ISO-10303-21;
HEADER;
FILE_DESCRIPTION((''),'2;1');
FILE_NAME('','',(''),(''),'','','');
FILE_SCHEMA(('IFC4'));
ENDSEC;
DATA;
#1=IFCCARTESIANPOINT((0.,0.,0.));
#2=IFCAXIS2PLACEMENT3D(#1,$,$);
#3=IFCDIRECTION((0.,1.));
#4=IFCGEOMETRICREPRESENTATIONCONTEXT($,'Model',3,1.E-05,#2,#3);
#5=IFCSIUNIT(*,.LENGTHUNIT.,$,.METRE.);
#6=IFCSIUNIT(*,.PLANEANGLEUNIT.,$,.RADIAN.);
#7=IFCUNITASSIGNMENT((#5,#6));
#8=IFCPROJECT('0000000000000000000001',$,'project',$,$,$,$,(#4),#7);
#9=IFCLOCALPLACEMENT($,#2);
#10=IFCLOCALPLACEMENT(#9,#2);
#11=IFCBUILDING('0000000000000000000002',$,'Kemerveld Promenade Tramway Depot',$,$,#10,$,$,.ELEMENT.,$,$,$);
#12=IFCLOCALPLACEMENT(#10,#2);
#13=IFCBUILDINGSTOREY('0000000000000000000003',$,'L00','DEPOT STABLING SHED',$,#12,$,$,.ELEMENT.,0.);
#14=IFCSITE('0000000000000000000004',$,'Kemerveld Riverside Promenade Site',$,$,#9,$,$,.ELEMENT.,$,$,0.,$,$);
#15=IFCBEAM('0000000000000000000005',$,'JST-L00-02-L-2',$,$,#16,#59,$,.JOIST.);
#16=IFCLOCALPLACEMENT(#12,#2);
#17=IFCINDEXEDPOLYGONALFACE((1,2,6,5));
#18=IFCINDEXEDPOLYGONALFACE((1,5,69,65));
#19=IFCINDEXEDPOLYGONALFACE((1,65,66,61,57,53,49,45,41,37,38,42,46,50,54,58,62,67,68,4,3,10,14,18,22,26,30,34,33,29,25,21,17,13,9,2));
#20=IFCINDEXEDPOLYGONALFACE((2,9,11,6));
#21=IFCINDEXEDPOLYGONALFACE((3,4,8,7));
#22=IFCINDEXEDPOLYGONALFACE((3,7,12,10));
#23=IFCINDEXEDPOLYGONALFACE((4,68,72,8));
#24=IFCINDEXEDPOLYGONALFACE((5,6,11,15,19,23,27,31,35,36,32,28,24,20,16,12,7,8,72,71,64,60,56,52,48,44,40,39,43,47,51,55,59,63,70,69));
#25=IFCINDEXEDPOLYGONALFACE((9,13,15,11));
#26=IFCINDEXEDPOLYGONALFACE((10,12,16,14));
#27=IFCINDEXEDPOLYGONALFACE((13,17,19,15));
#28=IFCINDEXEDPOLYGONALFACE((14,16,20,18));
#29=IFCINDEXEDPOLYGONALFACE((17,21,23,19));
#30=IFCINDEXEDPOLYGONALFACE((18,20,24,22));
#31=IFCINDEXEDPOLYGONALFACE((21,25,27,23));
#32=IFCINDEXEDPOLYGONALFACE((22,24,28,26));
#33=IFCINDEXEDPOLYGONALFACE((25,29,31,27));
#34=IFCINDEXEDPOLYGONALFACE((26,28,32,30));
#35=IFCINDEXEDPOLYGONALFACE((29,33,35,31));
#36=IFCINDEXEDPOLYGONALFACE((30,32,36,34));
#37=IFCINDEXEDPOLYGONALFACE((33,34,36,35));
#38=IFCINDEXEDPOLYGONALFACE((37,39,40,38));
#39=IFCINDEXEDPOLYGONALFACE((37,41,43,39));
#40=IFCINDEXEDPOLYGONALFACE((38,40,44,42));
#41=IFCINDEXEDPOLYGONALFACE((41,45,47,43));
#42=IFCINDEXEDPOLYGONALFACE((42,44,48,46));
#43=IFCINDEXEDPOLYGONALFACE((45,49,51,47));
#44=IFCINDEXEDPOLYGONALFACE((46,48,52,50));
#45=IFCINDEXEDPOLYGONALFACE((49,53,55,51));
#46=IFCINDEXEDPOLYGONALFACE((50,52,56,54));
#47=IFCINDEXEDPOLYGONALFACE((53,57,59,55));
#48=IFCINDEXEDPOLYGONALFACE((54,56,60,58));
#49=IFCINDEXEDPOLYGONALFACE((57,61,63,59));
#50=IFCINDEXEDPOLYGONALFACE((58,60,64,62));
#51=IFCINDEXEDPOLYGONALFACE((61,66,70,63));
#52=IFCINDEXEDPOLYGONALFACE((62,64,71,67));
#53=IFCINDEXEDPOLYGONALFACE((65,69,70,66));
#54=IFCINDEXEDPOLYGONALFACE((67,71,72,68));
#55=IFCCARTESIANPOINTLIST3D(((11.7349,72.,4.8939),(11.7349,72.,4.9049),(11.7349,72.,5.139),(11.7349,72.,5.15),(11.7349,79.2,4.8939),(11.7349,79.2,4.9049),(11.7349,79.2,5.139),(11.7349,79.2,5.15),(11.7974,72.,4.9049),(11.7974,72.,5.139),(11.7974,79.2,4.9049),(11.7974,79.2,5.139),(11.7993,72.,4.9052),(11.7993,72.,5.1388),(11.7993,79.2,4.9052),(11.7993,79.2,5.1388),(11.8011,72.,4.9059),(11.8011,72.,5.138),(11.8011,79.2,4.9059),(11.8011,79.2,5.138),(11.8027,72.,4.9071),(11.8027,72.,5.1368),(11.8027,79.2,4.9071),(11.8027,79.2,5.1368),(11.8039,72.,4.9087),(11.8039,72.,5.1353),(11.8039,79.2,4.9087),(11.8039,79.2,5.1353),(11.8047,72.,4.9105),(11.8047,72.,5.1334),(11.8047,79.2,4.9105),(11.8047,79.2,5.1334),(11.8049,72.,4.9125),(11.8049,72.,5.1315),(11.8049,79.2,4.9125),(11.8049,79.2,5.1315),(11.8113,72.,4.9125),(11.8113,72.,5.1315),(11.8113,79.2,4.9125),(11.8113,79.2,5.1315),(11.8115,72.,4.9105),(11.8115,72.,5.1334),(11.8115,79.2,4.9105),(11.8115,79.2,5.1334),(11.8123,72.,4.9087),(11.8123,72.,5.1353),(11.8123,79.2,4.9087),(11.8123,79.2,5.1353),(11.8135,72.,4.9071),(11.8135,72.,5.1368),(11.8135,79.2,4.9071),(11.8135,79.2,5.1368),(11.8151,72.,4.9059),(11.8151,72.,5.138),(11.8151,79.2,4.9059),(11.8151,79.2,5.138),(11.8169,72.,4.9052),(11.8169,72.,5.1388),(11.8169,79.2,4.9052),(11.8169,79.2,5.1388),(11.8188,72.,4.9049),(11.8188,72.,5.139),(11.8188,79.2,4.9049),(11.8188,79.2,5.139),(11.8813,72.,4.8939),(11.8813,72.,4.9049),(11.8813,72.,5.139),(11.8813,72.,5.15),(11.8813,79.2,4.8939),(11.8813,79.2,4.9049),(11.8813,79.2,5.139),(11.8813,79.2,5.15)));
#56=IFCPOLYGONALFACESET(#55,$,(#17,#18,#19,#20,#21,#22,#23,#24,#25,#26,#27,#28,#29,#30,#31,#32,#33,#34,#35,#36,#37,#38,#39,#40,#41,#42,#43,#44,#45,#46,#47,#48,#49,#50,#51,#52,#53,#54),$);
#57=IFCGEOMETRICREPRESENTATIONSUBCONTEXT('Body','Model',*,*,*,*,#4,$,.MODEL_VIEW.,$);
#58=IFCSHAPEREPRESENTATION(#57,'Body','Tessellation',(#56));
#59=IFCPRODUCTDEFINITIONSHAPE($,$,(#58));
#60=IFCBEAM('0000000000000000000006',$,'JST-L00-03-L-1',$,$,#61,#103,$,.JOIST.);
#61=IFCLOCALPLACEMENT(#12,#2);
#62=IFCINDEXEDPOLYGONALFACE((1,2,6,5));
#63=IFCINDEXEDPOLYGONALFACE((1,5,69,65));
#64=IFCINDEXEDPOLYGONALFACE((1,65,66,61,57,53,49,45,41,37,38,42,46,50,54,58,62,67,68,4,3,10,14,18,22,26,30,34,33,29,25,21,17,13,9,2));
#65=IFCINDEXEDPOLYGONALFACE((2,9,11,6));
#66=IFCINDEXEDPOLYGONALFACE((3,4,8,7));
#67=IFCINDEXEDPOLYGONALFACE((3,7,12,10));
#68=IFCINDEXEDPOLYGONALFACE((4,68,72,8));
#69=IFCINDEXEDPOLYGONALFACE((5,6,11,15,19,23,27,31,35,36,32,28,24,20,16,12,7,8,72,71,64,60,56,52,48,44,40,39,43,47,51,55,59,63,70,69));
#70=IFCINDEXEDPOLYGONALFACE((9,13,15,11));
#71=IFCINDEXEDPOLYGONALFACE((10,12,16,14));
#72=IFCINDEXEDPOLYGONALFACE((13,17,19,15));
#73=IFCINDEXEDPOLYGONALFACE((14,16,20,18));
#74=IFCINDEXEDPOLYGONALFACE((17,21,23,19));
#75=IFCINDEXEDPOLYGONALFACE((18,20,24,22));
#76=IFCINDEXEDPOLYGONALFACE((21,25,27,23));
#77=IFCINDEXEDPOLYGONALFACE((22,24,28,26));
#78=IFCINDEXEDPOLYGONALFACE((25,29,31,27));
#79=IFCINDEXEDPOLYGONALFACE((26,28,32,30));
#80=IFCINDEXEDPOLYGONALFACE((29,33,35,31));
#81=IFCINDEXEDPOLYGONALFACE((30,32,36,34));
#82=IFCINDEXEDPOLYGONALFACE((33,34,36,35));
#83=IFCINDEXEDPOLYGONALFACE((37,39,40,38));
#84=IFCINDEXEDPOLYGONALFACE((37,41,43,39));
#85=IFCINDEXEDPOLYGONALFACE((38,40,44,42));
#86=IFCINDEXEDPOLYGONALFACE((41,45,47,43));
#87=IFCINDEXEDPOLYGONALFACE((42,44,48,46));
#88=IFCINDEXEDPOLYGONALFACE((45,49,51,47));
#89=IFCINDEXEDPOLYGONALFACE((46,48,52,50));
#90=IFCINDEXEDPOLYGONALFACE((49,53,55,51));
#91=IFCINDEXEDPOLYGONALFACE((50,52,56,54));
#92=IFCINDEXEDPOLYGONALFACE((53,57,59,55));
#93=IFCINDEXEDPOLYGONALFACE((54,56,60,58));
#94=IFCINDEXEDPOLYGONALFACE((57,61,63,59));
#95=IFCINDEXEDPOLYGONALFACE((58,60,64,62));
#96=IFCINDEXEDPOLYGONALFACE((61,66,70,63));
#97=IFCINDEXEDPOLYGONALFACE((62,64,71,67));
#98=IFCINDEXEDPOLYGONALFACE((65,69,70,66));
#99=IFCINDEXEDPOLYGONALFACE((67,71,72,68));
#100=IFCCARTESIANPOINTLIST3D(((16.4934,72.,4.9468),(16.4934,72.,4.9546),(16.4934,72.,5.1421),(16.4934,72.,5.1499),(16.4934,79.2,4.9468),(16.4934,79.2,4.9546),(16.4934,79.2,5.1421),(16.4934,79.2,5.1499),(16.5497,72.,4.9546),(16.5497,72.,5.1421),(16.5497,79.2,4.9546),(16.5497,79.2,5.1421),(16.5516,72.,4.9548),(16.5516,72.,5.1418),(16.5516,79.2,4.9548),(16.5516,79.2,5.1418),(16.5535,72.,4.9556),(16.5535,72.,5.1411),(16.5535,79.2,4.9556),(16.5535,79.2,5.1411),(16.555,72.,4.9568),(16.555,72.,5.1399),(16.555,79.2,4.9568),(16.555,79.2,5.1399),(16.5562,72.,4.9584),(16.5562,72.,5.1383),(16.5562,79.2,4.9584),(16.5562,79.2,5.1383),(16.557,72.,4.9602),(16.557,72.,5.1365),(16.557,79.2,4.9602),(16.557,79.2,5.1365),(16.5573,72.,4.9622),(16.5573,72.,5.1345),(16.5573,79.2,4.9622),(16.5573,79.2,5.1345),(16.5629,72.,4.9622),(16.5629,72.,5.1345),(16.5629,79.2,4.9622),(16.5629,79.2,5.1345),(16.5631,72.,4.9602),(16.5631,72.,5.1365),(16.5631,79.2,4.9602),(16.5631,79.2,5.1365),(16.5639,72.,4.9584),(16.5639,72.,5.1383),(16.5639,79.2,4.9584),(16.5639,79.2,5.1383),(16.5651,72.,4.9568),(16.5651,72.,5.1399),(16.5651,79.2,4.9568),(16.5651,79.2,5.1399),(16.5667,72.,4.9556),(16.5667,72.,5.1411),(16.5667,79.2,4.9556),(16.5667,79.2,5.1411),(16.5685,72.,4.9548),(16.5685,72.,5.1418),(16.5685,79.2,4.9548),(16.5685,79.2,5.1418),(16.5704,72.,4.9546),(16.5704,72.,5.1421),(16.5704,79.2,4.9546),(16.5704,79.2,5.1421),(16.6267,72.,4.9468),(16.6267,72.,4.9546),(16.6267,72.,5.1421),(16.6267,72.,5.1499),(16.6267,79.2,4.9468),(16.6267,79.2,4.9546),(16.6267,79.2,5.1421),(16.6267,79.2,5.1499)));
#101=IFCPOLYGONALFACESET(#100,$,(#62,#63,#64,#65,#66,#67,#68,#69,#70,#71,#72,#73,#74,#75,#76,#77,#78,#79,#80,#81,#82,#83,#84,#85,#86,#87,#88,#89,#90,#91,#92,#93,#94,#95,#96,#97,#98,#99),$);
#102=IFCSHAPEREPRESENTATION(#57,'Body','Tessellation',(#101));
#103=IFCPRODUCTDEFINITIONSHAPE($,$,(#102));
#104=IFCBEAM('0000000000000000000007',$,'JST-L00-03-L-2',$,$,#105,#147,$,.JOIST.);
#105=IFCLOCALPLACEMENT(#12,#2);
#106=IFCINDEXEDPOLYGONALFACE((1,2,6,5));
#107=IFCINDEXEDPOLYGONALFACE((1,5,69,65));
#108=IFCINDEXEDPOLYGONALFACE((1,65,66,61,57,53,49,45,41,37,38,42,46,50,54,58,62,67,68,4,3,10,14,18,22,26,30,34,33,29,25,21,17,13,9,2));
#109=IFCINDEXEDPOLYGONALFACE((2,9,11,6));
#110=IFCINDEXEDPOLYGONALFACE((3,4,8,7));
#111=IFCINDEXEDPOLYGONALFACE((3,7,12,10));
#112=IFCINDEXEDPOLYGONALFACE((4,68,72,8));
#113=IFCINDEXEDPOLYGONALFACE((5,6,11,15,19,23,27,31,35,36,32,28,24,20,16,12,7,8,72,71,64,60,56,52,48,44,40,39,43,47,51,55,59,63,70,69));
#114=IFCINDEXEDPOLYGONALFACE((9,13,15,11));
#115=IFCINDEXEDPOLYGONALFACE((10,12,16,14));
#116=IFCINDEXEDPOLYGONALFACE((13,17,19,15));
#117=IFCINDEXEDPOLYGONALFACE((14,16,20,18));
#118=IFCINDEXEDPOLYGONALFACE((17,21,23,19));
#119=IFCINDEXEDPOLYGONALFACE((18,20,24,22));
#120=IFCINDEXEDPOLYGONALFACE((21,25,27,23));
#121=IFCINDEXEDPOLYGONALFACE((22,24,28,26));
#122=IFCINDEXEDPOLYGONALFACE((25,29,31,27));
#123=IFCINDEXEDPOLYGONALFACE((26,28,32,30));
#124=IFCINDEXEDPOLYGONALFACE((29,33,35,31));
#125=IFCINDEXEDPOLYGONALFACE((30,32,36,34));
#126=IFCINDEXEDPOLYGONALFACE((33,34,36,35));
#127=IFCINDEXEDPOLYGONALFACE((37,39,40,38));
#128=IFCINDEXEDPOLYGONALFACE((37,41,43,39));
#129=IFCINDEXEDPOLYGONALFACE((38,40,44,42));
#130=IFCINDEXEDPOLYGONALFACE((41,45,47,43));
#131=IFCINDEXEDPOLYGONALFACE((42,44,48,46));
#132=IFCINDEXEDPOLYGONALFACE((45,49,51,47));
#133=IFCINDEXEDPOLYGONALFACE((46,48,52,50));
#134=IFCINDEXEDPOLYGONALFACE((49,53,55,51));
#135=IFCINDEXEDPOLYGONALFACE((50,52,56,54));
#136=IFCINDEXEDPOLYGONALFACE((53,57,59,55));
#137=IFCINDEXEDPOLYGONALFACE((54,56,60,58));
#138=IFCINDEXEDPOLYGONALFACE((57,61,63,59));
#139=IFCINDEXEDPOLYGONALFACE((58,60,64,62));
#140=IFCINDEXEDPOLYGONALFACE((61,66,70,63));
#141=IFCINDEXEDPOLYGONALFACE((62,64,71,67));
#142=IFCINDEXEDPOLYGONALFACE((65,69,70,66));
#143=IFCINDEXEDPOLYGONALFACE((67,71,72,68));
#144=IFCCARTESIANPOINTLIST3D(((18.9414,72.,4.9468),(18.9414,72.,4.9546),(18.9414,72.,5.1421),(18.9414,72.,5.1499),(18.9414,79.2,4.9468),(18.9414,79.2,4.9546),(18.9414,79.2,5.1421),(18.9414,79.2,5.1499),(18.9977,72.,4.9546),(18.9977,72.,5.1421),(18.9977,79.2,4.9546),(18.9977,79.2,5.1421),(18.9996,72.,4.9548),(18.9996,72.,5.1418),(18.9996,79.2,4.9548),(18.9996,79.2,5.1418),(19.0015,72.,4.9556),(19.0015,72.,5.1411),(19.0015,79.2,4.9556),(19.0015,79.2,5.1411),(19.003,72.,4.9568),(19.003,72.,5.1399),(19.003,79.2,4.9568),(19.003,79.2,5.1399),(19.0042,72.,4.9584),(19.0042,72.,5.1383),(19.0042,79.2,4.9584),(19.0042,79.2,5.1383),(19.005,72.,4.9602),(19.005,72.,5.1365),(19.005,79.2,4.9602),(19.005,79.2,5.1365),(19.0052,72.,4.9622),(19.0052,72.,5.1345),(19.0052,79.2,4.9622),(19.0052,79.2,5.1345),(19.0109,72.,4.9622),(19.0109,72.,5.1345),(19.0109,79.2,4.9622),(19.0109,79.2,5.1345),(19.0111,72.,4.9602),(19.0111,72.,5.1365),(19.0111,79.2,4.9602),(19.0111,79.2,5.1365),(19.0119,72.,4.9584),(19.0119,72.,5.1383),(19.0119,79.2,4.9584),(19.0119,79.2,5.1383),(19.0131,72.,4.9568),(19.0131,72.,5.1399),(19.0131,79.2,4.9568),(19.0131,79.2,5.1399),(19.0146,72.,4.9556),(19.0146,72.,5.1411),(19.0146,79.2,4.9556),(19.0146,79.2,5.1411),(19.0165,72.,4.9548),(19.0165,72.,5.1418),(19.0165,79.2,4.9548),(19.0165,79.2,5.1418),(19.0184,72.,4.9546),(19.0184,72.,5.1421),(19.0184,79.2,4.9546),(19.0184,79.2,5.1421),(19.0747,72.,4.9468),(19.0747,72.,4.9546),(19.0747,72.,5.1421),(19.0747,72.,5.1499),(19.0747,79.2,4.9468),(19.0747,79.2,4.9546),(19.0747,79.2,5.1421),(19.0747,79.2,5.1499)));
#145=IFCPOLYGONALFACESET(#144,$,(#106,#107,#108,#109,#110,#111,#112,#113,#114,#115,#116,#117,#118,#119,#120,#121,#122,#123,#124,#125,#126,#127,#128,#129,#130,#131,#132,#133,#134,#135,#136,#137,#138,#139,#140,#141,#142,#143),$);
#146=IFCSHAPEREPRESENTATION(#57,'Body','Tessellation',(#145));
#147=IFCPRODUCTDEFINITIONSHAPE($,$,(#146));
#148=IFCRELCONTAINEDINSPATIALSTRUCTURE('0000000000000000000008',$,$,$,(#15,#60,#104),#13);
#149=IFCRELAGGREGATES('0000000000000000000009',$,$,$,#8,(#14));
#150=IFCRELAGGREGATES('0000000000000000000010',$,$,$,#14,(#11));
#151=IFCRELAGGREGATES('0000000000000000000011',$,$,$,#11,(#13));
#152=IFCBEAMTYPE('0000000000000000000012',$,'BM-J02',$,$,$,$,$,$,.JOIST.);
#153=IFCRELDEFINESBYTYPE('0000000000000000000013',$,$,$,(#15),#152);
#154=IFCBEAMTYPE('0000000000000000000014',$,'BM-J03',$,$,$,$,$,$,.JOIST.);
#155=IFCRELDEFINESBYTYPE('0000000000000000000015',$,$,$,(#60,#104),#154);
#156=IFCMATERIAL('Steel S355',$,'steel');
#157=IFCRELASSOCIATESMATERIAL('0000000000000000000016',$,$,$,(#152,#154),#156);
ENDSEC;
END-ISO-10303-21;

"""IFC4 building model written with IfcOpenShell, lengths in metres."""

from ifc_helpers import new_model, si_unit, direction, frame, origin, origin_2d, place, context, subcontext, project, spatial, i_section, extrude, material, material_profile, profile_set, type_object, element, save


model = new_model("IFC4")

# Units and contexts
model_context = context("Model", 3, precision=1e-05, world=origin(), true_north=direction((0.0, 1.0)))
body_context = subcontext(model_context, "Body", "Model", "MODEL_VIEW")
ifc_project = project(units=[si_unit("LENGTHUNIT", "METRE"), si_unit("PLANEANGLEUNIT", "RADIAN")], contexts=[model_context])

# Site, building, storey
site_placement = place(None, origin())
site = spatial("IfcSite", under=ifc_project, at=site_placement, Name="Kemerveld Riverside Promenade Site", CompositionType="ELEMENT", RefElevation=0.0)
building_placement = place(site_placement, origin())
building = spatial("IfcBuilding", under=site, at=building_placement, Name="Kemerveld Promenade Tramway Depot", CompositionType="ELEMENT")
storey_placement = place(building_placement, origin())
storey = spatial("IfcBuildingStorey", under=building, at=storey_placement, Name="L00", Description="DEPOT STABLING SHED", CompositionType="ELEMENT", Elevation=0.0)

# Shared definitions
ifc_material_1 = material(Name="Steel S355", Category="steel")

# Beams
ifc_material_profile_1 = material_profile(ifc_material_1, i_section(OverallWidth=0.1465, OverallDepth=0.2561, WebThickness=0.0063, FlangeThickness=0.011, FilletRadius=0.0076, at=origin_2d()), Name="254x146x37 UB")
ifc_profile_set_1 = profile_set([ifc_material_profile_1], Name="Steel S355")
beam_type_1 = type_object("IfcBeamType", Name="BM-J02", PredefinedType="JOIST", material=ifc_profile_set_1)
for number, where, z_axis, x_axis, name in (
    (1, (11.8081, 72.0, 5.022), (0.0, 1.0, 0.0), (-1.0, 0.0, 0.0), "JST-L00-02-L-2"),
):
    element("IfcBeam", number, at=place(storey_placement, frame(where, z_axis=z_axis, x_axis=x_axis)), inside=storey, type_object=beam_type_1, Name=name, PredefinedType="JOIST", context=body_context, shape_type="SweptSolid", body=[
        extrude(i_section(OverallWidth=0.1465, OverallDepth=0.2561, WebThickness=0.0063, FlangeThickness=0.011, FilletRadius=0.0076, at=origin_2d()), origin(), (0.0, 0.0, 1.0), 7.2),
    ])
ifc_material_profile_2 = material_profile(ifc_material_1, i_section(OverallWidth=0.1333, OverallDepth=0.2031, WebThickness=0.0056, FlangeThickness=0.0078, FilletRadius=0.0076, at=origin_2d()), Name="203x133x25 UB")
ifc_profile_set_2 = profile_set([ifc_material_profile_2], Name="Steel S355")
beam_type_2 = type_object("IfcBeamType", Name="BM-J03", PredefinedType="JOIST", material=ifc_profile_set_2)
for number, where, z_axis, x_axis, name in (
    (2, (16.5601, 72.0, 5.0483), (0.0, 1.0, 0.0), (-1.0, 0.0, 0.0), "JST-L00-03-L-1"),
    (3, (19.0081, 72.0, 5.0483), (0.0, 1.0, 0.0), (-1.0, 0.0, 0.0), "JST-L00-03-L-2"),
):
    element("IfcBeam", number, at=place(storey_placement, frame(where, z_axis=z_axis, x_axis=x_axis)), inside=storey, type_object=beam_type_2, Name=name, PredefinedType="JOIST", context=body_context, shape_type="SweptSolid", body=[
        extrude(i_section(OverallWidth=0.1333, OverallDepth=0.2031, WebThickness=0.0056, FlangeThickness=0.0078, FilletRadius=0.0076, at=origin_2d()), origin(), (0.0, 0.0, 1.0), 7.2),
    ])

save(model, "model.ifc")
